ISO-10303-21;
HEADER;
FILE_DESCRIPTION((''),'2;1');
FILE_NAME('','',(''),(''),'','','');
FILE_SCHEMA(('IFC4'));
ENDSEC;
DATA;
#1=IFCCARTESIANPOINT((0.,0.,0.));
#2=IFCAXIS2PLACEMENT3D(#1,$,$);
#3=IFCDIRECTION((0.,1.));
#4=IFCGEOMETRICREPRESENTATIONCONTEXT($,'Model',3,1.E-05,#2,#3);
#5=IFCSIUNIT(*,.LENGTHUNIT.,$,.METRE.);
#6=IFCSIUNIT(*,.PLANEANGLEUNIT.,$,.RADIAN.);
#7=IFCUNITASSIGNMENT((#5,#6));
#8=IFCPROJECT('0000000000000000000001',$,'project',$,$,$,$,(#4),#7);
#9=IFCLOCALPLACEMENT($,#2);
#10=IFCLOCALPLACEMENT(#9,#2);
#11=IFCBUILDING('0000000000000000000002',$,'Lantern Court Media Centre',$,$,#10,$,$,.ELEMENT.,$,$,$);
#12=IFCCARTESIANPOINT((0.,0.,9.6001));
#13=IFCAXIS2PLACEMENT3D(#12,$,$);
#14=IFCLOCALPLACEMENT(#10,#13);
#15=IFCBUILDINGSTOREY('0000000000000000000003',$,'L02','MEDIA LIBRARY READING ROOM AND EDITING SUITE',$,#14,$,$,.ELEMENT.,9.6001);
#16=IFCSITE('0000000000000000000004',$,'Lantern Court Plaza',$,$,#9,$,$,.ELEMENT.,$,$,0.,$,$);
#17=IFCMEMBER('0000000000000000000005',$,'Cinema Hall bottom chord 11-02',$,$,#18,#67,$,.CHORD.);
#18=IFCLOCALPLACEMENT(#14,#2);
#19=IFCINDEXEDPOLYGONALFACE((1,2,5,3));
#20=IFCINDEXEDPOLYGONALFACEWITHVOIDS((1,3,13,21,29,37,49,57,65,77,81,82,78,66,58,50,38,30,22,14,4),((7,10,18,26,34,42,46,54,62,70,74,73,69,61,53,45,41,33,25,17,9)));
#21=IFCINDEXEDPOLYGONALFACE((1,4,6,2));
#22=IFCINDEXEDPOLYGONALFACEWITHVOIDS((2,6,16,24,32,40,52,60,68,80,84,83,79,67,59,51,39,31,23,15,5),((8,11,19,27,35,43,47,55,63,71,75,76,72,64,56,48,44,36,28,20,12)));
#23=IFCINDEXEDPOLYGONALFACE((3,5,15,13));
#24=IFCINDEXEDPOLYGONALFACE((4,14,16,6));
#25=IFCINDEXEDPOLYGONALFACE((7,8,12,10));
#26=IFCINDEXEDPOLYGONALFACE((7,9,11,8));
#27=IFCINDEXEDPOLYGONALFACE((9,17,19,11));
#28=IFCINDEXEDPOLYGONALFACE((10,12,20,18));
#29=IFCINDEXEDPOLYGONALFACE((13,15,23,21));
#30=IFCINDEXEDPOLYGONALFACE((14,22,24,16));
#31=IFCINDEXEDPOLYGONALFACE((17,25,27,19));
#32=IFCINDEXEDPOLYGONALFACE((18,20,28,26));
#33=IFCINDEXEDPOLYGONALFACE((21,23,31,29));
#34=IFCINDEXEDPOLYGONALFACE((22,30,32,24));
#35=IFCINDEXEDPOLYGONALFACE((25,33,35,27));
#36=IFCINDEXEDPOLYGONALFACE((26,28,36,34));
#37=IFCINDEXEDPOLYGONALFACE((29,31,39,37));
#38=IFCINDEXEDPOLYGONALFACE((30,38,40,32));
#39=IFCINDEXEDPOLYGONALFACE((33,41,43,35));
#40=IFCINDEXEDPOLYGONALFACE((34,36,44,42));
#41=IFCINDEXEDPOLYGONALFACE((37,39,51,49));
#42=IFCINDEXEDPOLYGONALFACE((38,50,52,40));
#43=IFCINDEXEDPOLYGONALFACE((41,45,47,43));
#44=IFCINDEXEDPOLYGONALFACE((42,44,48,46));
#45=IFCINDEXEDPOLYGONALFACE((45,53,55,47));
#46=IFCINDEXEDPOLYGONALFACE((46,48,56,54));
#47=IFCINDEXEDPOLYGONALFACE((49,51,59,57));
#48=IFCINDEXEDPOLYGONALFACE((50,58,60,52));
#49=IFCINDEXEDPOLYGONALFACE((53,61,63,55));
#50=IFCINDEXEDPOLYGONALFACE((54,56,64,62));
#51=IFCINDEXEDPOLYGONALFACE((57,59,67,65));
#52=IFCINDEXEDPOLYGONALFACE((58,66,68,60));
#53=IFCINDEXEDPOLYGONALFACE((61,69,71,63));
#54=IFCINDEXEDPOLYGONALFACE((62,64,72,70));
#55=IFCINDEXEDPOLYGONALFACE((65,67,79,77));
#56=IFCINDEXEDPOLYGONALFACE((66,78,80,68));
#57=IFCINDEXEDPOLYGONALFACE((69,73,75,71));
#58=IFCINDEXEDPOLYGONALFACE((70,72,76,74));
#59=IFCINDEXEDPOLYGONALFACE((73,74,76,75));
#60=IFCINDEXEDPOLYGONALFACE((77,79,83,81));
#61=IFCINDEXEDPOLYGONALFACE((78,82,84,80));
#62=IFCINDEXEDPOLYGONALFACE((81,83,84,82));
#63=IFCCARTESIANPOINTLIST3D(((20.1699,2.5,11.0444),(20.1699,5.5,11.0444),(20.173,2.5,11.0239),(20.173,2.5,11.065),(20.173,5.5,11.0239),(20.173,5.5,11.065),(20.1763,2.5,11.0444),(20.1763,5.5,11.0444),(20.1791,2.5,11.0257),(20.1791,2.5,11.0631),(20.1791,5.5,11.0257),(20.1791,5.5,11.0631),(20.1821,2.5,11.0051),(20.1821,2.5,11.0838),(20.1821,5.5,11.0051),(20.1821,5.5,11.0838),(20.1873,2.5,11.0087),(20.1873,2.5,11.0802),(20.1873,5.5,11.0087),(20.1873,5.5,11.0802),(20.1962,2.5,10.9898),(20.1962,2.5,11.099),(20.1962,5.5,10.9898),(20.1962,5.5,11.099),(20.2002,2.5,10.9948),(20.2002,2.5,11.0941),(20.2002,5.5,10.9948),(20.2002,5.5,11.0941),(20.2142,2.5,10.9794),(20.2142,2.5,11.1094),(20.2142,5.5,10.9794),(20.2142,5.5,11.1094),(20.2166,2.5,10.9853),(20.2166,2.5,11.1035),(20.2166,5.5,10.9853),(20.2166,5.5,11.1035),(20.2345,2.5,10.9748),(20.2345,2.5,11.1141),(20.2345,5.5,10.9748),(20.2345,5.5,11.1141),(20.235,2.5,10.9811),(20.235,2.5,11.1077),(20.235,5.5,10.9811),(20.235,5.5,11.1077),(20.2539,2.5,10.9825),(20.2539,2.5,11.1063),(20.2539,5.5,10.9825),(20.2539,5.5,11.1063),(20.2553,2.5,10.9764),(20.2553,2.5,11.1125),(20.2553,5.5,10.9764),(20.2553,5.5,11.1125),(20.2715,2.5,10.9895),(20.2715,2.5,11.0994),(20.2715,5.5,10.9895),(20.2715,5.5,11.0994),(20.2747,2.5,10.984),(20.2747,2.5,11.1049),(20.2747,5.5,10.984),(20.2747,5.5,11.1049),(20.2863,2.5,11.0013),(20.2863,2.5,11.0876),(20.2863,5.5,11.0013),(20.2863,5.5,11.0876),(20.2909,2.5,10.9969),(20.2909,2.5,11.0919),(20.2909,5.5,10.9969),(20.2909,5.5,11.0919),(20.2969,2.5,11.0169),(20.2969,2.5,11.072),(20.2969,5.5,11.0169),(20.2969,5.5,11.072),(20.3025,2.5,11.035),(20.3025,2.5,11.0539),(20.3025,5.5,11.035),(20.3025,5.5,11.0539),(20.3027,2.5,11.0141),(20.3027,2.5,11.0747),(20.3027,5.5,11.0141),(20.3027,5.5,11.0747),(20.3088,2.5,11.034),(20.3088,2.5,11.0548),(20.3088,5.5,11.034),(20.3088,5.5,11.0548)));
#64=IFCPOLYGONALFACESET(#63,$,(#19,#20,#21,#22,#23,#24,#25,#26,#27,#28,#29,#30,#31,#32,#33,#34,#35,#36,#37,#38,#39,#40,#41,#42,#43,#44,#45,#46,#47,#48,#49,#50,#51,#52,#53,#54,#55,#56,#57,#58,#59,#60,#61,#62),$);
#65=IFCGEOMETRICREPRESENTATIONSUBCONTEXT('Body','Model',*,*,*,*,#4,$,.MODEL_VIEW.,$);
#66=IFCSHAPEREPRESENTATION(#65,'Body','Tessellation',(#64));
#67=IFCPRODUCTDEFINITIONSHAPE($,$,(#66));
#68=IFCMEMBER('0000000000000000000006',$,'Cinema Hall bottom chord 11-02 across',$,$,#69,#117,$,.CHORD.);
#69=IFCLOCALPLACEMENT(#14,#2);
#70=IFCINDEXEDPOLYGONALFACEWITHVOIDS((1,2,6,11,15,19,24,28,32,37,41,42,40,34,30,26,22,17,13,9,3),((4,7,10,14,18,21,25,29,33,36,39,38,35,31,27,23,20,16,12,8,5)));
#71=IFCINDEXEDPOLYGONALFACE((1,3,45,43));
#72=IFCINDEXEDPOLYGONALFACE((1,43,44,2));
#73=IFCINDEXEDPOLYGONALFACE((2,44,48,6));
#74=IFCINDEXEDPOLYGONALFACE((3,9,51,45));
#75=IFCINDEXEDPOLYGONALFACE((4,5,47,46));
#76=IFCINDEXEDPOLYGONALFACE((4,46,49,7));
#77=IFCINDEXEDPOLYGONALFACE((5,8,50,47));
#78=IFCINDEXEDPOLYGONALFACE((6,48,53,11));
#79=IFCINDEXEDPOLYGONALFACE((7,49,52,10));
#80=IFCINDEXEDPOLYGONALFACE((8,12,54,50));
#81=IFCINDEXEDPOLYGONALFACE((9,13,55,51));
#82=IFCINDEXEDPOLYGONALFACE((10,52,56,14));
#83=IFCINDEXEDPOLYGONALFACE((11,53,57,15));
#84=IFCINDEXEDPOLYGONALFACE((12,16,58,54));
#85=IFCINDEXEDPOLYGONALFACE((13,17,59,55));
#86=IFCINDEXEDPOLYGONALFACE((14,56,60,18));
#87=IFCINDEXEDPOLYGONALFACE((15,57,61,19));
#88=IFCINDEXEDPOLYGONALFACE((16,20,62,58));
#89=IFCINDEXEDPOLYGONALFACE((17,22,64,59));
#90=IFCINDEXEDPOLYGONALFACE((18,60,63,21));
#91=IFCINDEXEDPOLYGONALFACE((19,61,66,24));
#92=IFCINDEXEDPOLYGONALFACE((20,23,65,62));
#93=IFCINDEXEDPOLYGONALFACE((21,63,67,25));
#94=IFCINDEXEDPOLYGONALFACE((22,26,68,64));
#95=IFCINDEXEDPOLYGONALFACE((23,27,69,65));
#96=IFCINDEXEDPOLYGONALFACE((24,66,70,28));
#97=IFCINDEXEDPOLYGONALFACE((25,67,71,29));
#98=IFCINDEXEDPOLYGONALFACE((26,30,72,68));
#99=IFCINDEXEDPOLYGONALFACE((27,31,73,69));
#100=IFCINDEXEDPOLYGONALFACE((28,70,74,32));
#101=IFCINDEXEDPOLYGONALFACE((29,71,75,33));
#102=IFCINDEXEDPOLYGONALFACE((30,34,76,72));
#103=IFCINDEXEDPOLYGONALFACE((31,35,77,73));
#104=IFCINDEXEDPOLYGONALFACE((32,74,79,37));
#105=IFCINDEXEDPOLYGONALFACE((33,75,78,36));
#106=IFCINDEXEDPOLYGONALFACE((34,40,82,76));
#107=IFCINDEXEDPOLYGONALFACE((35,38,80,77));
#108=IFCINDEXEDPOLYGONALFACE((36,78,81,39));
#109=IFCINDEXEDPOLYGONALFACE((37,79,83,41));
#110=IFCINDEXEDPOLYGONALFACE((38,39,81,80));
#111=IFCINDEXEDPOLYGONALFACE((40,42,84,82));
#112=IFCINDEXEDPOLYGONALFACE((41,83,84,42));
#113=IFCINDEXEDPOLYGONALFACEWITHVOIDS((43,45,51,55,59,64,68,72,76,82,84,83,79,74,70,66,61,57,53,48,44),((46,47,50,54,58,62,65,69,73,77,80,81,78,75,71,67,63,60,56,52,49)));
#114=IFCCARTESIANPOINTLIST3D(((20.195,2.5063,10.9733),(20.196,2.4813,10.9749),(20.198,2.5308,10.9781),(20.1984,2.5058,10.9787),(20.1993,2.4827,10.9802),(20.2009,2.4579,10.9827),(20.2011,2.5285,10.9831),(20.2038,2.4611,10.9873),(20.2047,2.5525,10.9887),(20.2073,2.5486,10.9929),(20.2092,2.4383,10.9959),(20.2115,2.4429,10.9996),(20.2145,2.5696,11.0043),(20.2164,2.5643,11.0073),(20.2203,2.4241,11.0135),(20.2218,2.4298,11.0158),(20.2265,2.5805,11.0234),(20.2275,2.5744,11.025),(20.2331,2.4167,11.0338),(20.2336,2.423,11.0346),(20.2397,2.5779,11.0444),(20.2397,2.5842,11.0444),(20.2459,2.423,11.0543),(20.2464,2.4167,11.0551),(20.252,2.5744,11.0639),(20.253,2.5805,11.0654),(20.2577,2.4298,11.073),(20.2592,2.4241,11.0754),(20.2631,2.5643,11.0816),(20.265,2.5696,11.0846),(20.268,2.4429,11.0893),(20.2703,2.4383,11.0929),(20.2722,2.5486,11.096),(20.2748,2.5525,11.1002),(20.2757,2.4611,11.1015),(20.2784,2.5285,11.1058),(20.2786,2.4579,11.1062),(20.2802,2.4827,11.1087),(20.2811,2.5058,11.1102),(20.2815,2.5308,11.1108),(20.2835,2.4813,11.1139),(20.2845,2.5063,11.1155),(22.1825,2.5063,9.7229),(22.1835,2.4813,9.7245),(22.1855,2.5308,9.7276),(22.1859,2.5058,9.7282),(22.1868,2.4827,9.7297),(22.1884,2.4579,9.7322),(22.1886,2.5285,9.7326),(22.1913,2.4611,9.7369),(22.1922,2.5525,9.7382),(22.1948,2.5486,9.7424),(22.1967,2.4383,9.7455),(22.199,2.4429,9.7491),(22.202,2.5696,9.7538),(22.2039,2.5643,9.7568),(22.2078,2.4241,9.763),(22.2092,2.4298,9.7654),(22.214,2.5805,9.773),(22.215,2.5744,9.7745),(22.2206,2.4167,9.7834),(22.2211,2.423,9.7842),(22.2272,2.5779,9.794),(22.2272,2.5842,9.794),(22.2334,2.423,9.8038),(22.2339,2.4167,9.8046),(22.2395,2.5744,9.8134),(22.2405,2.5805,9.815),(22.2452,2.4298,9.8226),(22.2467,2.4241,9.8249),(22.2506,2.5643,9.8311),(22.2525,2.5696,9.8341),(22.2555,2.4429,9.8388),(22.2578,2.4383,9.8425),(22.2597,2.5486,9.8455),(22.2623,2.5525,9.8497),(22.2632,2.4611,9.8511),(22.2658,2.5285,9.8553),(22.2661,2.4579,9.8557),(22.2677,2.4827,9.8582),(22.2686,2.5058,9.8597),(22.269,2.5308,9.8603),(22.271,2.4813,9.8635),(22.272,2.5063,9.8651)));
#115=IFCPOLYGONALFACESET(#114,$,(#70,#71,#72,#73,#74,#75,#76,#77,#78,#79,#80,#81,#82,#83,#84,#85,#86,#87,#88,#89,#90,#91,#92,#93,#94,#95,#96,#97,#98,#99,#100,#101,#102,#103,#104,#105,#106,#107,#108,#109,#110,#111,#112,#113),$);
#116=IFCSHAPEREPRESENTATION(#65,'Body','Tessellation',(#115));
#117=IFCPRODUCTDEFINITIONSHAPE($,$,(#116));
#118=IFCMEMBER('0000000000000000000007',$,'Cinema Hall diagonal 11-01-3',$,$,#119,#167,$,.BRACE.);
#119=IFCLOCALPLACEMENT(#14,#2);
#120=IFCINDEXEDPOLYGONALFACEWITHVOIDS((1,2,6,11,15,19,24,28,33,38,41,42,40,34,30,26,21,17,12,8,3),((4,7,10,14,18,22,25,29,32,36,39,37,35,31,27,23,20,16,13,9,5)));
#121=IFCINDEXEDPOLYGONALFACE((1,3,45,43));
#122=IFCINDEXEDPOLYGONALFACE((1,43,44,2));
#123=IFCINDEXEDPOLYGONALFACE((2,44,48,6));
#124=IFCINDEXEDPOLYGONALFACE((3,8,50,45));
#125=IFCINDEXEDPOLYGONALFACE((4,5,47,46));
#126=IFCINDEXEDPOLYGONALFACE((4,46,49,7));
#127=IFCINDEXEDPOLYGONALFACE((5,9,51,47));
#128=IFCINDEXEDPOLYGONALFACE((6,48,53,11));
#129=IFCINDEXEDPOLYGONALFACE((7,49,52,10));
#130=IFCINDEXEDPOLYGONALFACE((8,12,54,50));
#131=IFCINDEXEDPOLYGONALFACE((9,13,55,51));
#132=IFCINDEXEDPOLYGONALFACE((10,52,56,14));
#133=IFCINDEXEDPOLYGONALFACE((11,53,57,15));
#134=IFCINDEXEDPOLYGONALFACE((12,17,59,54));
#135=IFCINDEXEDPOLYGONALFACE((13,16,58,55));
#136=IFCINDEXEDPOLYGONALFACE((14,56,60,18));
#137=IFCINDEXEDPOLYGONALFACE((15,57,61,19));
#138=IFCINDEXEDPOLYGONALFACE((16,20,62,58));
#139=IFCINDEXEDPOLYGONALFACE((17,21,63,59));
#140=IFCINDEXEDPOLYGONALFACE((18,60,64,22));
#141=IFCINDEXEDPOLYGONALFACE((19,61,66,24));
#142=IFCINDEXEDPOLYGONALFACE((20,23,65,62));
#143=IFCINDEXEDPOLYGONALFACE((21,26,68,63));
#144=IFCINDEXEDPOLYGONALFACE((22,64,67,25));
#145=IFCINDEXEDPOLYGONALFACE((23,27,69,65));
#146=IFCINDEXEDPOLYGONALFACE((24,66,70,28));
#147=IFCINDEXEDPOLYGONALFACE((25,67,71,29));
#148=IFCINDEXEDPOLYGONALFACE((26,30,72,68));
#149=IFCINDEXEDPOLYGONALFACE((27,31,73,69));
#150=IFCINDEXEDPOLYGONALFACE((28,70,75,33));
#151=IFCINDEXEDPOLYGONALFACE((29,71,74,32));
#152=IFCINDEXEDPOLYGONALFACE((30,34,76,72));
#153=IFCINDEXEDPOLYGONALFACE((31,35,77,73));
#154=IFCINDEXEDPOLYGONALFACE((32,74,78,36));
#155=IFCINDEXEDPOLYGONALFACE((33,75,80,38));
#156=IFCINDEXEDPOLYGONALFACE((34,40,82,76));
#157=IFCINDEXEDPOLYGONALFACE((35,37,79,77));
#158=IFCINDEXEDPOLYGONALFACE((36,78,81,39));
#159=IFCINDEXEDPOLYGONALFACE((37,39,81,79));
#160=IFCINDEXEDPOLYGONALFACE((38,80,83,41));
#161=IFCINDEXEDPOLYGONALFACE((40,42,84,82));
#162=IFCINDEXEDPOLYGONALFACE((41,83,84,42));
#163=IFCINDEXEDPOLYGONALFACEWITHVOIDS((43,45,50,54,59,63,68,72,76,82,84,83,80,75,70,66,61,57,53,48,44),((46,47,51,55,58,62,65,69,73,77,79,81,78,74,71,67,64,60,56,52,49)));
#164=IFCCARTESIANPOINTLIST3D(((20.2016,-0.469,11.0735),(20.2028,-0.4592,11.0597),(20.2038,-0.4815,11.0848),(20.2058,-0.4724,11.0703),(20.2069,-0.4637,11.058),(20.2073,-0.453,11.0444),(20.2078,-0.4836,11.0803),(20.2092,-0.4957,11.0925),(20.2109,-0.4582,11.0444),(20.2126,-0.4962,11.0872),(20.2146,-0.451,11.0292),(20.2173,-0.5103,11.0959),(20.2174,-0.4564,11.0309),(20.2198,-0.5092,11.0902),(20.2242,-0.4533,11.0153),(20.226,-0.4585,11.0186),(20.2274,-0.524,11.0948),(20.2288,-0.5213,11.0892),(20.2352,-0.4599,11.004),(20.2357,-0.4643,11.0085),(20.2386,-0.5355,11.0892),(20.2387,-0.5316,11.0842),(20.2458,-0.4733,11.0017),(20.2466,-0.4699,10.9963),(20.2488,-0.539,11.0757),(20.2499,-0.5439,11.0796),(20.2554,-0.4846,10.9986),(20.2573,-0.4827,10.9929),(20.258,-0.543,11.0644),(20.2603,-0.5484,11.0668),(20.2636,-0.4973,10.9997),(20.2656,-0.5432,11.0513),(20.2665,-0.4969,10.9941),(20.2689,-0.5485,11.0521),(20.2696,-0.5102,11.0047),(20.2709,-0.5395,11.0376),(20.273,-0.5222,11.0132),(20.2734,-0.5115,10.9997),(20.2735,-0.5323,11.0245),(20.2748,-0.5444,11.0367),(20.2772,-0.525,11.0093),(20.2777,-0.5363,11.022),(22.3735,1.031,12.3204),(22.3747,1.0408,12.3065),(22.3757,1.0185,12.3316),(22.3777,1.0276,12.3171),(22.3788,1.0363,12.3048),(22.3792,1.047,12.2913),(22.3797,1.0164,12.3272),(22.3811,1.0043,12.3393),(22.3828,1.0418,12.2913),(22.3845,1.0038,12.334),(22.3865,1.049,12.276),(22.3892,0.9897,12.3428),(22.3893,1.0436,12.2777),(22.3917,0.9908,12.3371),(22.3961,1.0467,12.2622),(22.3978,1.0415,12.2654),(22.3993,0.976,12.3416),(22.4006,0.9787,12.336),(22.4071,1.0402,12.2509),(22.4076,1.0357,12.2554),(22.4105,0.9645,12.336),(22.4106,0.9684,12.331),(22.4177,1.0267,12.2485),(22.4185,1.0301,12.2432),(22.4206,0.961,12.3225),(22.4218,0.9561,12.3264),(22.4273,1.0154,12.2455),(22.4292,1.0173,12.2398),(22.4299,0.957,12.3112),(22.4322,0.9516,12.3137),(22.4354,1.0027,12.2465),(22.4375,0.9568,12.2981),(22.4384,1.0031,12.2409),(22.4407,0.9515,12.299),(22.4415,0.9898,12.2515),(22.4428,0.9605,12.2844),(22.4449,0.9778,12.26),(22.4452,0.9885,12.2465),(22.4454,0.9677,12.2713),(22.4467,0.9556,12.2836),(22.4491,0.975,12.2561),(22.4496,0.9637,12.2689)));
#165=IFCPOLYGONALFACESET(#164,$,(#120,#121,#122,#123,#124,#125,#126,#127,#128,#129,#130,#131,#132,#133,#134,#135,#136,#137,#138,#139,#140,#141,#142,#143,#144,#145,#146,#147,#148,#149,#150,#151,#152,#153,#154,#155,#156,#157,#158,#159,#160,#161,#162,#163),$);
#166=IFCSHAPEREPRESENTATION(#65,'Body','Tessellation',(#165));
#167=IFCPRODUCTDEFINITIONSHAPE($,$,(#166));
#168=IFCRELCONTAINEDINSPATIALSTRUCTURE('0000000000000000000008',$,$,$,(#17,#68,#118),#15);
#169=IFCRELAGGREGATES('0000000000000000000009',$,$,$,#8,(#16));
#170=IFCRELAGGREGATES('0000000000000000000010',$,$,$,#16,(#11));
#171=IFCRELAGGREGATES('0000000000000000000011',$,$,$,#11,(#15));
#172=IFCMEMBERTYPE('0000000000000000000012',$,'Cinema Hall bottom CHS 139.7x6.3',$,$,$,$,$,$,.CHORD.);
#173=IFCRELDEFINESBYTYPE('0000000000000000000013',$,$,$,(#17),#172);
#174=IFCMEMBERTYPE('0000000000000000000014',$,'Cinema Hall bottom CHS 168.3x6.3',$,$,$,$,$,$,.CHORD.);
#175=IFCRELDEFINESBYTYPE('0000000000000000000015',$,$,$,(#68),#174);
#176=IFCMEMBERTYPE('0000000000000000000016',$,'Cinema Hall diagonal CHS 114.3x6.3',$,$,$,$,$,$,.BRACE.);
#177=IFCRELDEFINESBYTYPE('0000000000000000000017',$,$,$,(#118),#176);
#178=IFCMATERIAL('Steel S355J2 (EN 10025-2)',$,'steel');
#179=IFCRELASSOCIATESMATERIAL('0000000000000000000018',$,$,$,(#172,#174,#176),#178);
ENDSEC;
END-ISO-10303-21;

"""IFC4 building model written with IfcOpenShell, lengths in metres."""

from ifc_helpers import new_model, si_unit, direction, frame, origin, origin_2d, place, context, subcontext, project, spatial, hollow_circle, extrude, material, material_profile, profile_set, type_object, element, save


model = new_model("IFC4")

# Units and contexts
model_context = context("Model", 3, precision=1e-05, world=origin(), true_north=direction((0.0, 1.0)))
body_context = subcontext(model_context, "Body", "Model", "MODEL_VIEW")
ifc_project = project(units=[si_unit("LENGTHUNIT", "METRE"), si_unit("PLANEANGLEUNIT", "RADIAN")], contexts=[model_context])

# Site, building, storey
site_placement = place(None, origin())
site = spatial("IfcSite", under=ifc_project, at=site_placement, Name="Lantern Court Plaza", CompositionType="ELEMENT", RefElevation=0.0)
building_placement = place(site_placement, origin())
building = spatial("IfcBuilding", under=site, at=building_placement, Name="Lantern Court Media Centre", CompositionType="ELEMENT")
storey_placement = place(building_placement, frame((0.0, 0.0, 9.6001)))
storey = spatial("IfcBuildingStorey", under=building, at=storey_placement, Name="L02", Description="MEDIA LIBRARY READING ROOM AND EDITING SUITE", CompositionType="ELEMENT", Elevation=9.6001)

# Members
ifc_material = material(Name="Steel S355J2 (EN 10025-2)", Category="steel")
ifc_material_profile_1 = material_profile(ifc_material, hollow_circle(Radius=0.0698, WallThickness=0.0063, at=origin_2d()), Name="Cinema Hall bottom CHS 139.7x6.3")
ifc_profile_set_1 = profile_set([ifc_material_profile_1], Name="Steel S355J2 (EN 10025-2)")
member_type_1 = type_object("IfcMemberType", Name="Cinema Hall bottom CHS 139.7x6.3", PredefinedType="CHORD", material=ifc_profile_set_1)
member_1_placement = place(storey_placement, frame((20.2397, 2.5, 11.0444), z_axis=(0.0, 1.0, 0.0), x_axis=(-1.0, 0.0, 0.0)))
element("IfcMember", 1, at=member_1_placement, inside=storey, type_object=member_type_1, Name="Cinema Hall bottom chord 11-02", PredefinedType="CHORD", context=body_context, shape_type="SweptSolid", body=[
    extrude(hollow_circle(Radius=0.0698, WallThickness=0.0063, at=origin_2d()), origin(), (0.0, 0.0, 1.0), 3.0),
])
ifc_material_profile_2 = material_profile(ifc_material, hollow_circle(Radius=0.0842, WallThickness=0.0063, at=origin_2d()), Name="Cinema Hall bottom CHS 168.3x6.3")
ifc_profile_set_2 = profile_set([ifc_material_profile_2], Name="Steel S355J2 (EN 10025-2)")
member_type_2 = type_object("IfcMemberType", Name="Cinema Hall bottom CHS 168.3x6.3", PredefinedType="CHORD", material=ifc_profile_set_2)
member_2_placement = place(storey_placement, frame((20.2397, 2.5, 11.0444), z_axis=(0.846412, 0.0, -0.532529), x_axis=(0.0, 1.0, 0.0)))
element("IfcMember", 2, at=member_2_placement, inside=storey, type_object=member_type_2, Name="Cinema Hall bottom chord 11-02 across", PredefinedType="CHORD", context=body_context, shape_type="SweptSolid", body=[
    extrude(hollow_circle(Radius=0.0842, WallThickness=0.0063, at=origin_2d()), origin(), (0.0, 0.0, 1.0), 2.3481),
])
ifc_material_profile_3 = material_profile(ifc_material, hollow_circle(Radius=0.0571, WallThickness=0.0063, at=origin_2d()), Name="Cinema Hall diagonal CHS 114.3x6.3")
ifc_profile_set_3 = profile_set([ifc_material_profile_3], Name="Steel S355J2 (EN 10025-2)")
member_type_3 = type_object("IfcMemberType", Name="Cinema Hall diagonal CHS 114.3x6.3", PredefinedType="BRACE", material=ifc_profile_set_3)
for number, where, z_axis, x_axis, name in (
    (3, (20.2397, -0.5, 11.0444), (0.744002, 0.513843, 0.427115), (-0.568286, 0.822831, 0.0), "Cinema Hall diagonal 11-01-3"),
):
    element("IfcMember", number, at=place(storey_placement, frame(where, z_axis=z_axis, x_axis=x_axis)), inside=storey, type_object=member_type_3, Name=name, PredefinedType="BRACE", context=body_context, shape_type="SweptSolid", body=[
        extrude(hollow_circle(Radius=0.0571, WallThickness=0.0063, at=origin_2d()), origin(), (0.0, 0.0, 1.0), 2.9192),
    ])

save(model, "model.ifc")
